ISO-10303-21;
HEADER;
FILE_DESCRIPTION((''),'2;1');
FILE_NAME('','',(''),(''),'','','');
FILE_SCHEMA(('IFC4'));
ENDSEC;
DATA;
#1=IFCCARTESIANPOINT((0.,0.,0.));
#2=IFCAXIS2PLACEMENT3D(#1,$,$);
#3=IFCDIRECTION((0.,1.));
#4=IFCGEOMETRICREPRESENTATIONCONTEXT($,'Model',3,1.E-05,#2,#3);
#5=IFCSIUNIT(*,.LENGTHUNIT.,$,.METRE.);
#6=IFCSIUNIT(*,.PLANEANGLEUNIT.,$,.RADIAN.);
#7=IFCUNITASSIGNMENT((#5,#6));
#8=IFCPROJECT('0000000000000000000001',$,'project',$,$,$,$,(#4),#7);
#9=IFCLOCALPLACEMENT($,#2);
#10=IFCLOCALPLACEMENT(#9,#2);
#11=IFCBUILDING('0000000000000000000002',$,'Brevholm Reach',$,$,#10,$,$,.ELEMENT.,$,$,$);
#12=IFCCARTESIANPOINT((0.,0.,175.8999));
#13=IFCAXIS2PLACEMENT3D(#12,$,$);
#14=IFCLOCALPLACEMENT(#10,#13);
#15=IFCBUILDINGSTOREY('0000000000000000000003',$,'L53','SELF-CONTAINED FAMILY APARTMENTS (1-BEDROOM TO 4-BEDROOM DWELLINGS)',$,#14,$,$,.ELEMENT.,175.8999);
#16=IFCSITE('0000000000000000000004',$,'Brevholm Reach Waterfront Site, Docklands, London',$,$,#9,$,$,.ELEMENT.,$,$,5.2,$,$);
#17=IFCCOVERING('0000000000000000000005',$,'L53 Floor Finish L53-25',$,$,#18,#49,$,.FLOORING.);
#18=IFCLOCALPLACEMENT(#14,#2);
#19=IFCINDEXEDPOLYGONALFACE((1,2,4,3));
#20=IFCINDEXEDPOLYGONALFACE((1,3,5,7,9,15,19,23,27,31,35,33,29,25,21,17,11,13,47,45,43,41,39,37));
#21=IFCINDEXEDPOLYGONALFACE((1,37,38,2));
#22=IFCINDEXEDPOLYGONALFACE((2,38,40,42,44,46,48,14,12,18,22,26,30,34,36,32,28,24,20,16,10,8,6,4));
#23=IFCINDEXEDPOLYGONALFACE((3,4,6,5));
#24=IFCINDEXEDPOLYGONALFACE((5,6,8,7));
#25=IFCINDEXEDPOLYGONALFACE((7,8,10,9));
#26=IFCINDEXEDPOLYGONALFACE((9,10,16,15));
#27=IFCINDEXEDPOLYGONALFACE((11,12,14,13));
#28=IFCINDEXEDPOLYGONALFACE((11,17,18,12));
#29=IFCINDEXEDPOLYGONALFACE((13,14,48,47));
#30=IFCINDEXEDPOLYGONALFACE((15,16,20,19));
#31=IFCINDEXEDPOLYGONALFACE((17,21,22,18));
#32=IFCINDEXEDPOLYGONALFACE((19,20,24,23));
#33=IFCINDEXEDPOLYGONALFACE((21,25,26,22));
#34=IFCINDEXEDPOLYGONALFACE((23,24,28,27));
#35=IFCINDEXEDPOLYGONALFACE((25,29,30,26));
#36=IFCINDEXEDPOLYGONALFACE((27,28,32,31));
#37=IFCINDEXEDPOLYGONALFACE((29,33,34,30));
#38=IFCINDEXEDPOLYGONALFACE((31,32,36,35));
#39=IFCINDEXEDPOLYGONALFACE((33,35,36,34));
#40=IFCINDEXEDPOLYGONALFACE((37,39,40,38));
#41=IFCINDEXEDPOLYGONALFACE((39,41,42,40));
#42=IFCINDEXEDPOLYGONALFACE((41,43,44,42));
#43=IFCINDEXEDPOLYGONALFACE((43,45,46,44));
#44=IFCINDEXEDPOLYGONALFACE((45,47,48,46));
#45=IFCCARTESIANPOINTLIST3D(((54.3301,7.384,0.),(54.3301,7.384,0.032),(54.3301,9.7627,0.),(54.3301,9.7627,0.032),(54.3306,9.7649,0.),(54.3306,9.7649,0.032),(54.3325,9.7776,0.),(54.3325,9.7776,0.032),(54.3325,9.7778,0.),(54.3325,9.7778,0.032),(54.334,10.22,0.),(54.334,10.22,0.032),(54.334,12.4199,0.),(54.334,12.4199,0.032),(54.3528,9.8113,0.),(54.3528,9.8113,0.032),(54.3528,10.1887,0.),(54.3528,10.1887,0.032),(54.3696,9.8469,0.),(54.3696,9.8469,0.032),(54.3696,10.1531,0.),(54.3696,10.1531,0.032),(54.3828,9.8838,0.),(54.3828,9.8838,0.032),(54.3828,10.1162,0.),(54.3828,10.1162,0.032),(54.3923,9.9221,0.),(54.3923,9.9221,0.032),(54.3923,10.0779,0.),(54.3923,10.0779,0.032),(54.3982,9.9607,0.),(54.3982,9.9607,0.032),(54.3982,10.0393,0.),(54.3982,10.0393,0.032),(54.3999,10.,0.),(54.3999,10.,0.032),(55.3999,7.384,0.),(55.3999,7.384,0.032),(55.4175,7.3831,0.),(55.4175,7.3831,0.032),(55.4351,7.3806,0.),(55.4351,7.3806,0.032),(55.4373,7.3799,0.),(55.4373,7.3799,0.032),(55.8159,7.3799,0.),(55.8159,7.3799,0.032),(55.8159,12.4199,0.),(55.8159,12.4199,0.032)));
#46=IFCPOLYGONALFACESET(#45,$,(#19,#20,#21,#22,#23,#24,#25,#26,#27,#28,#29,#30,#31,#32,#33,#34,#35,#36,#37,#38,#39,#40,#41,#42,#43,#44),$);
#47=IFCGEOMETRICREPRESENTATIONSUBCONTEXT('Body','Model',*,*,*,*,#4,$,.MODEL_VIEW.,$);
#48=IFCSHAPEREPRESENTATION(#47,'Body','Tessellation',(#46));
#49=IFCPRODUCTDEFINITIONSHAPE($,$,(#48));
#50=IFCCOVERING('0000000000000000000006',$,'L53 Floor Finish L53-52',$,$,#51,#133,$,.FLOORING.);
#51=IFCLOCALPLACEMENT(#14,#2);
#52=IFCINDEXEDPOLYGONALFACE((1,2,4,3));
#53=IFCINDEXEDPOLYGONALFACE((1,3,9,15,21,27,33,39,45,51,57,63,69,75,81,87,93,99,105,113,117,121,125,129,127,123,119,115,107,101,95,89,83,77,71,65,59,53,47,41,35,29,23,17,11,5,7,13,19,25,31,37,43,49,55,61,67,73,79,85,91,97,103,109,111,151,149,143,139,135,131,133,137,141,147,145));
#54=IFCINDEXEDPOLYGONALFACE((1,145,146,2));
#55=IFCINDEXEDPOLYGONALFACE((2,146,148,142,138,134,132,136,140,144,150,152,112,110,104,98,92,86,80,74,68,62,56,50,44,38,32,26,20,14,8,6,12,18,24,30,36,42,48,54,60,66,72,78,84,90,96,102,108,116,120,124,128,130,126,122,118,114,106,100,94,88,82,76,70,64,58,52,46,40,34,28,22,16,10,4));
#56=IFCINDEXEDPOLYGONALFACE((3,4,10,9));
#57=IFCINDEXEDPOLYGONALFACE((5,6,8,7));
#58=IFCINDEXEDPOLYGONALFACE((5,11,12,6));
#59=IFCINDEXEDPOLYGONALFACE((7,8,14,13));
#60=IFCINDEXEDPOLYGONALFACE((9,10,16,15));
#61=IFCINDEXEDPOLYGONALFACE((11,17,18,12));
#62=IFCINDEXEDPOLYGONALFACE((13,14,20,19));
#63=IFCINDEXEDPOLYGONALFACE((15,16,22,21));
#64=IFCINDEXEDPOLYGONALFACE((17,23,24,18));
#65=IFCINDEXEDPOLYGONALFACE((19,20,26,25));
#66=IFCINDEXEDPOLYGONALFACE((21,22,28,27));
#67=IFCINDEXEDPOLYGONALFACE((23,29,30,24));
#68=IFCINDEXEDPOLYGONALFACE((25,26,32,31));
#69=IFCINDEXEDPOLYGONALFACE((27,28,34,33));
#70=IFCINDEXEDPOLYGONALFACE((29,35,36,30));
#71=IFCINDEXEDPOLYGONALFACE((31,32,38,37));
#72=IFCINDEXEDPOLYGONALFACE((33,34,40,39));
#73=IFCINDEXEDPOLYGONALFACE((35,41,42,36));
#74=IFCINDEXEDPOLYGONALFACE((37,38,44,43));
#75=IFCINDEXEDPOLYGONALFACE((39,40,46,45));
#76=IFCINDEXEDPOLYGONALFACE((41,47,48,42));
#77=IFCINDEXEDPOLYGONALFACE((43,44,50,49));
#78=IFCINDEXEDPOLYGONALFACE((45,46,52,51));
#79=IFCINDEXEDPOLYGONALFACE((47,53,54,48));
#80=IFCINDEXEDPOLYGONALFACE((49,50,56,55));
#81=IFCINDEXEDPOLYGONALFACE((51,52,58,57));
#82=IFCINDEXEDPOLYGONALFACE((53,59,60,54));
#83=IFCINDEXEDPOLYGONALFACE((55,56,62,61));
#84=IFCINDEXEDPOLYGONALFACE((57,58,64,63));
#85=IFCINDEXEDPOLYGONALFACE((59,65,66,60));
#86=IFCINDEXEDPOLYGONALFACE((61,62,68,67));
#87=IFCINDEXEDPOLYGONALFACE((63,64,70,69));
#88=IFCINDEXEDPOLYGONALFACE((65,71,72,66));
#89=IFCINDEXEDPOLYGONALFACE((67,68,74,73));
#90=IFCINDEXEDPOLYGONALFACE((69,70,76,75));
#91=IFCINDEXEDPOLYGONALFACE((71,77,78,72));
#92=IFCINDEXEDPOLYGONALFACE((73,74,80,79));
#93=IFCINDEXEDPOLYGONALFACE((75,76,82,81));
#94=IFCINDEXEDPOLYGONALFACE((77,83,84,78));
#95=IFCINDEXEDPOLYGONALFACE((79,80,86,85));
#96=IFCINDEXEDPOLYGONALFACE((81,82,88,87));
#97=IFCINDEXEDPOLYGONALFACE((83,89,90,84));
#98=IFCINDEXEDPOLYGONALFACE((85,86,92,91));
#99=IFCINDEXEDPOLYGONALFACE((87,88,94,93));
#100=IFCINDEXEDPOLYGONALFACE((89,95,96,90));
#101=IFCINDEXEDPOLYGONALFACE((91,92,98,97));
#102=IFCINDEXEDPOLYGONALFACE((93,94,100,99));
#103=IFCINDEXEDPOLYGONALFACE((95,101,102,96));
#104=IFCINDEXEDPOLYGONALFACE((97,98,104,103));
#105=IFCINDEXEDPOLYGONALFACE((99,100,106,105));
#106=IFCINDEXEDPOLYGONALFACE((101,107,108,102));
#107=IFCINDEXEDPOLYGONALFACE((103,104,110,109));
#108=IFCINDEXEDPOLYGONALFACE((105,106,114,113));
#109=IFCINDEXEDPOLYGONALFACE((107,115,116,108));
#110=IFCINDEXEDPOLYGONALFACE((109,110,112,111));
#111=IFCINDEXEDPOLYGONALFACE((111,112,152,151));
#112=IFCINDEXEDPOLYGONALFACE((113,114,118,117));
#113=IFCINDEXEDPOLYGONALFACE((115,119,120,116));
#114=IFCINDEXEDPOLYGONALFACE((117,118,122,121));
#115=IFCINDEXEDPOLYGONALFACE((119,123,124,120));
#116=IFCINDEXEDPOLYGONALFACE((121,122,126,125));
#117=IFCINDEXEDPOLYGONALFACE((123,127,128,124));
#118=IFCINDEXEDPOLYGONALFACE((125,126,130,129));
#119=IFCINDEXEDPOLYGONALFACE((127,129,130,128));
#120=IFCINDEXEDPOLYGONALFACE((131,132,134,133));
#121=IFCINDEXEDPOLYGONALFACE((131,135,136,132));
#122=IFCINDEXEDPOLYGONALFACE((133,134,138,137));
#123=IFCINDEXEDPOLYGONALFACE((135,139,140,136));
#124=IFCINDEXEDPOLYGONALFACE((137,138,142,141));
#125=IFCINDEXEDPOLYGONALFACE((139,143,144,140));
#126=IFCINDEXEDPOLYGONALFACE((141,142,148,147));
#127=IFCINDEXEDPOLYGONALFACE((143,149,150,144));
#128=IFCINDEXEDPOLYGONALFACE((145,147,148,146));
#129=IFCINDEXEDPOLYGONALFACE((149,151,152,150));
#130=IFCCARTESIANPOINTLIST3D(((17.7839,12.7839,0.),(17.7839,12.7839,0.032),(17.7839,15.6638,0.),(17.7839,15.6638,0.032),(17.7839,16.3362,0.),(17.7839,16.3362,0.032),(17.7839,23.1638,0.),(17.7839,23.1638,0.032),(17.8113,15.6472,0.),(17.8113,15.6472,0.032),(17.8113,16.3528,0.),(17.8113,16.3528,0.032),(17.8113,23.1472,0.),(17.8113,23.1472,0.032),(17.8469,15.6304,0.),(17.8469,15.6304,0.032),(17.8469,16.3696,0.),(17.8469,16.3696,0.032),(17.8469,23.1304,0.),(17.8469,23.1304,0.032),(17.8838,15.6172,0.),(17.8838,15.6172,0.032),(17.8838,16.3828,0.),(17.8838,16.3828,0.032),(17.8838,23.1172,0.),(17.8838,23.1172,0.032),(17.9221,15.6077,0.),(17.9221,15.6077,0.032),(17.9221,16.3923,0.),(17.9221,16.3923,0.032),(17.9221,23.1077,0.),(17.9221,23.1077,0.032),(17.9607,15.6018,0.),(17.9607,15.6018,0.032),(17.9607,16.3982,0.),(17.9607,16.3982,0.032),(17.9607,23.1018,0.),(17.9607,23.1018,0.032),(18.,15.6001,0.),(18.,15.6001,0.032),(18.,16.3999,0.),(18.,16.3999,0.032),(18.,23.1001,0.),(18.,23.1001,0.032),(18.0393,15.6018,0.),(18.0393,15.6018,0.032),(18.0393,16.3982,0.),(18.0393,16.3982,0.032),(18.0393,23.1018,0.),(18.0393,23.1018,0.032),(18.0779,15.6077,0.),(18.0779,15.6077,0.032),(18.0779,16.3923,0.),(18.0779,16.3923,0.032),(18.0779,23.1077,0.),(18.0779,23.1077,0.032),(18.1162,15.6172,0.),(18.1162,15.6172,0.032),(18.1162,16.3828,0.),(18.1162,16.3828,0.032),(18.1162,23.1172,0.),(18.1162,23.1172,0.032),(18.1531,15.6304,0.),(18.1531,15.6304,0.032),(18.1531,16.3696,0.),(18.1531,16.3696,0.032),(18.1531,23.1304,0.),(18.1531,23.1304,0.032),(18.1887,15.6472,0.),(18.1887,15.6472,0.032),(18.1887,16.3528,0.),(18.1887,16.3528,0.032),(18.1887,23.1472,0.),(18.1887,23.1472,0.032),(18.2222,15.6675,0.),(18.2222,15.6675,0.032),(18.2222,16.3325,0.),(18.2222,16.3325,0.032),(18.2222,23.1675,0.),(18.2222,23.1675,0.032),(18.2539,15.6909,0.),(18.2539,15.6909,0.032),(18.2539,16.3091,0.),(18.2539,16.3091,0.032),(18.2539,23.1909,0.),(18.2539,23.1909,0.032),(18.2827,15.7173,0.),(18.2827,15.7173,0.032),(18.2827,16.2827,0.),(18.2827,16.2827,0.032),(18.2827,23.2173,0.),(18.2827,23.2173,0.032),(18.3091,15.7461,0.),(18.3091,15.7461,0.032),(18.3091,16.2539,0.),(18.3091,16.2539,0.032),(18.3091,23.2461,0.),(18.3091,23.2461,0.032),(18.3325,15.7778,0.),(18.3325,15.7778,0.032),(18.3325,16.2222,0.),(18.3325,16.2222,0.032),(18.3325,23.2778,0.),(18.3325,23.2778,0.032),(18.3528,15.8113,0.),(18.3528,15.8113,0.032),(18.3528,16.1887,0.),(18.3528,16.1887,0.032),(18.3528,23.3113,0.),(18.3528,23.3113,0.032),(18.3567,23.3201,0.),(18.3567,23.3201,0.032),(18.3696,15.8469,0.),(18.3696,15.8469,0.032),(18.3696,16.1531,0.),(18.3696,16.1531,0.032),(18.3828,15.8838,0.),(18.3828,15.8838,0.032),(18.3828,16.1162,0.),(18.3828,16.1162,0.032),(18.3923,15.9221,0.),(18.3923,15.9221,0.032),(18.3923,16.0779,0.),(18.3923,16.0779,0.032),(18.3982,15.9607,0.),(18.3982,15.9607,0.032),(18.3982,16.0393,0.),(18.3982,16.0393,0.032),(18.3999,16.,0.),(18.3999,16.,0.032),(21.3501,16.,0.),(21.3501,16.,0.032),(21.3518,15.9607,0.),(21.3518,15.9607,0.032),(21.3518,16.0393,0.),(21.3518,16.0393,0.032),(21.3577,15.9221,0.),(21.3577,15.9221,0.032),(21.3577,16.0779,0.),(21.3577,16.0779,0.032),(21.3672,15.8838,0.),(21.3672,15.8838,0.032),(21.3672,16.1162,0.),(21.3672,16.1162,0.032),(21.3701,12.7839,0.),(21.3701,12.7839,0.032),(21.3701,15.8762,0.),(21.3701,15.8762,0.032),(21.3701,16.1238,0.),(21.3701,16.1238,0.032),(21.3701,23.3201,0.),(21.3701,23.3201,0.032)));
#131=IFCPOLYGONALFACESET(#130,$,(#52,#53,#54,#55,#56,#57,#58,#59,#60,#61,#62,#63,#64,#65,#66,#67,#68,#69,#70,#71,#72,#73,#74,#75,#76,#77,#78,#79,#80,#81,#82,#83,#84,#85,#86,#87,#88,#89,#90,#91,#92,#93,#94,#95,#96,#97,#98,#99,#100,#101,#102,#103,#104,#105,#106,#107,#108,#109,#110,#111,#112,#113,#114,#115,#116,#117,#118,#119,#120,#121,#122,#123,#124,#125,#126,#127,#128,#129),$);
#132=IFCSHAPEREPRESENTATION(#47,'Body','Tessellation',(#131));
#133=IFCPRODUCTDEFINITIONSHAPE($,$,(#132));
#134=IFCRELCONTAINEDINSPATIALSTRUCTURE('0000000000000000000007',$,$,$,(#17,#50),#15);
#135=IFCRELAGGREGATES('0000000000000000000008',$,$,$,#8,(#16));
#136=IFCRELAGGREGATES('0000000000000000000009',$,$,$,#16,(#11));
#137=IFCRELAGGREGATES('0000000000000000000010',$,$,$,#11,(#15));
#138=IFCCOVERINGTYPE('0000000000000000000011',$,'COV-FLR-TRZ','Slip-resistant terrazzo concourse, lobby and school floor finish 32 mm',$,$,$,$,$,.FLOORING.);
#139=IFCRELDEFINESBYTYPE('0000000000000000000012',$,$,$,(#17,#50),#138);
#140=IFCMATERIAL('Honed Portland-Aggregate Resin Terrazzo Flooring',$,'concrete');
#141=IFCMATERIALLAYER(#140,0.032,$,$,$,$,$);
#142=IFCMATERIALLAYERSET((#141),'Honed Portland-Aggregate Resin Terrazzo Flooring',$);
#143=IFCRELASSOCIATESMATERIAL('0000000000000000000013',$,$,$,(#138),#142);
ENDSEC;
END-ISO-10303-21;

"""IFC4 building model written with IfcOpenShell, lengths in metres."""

from ifc_helpers import new_model, si_unit, direction, frame, origin, place, context, subcontext, project, spatial, polyline, outline, extrude, material, layer, layer_set, type_object, element, save


model = new_model("IFC4")

# Units and contexts
model_context = context("Model", 3, precision=1e-05, world=origin(), true_north=direction((0.0, 1.0)))
body_context = subcontext(model_context, "Body", "Model", "MODEL_VIEW")
ifc_project = project(units=[si_unit("LENGTHUNIT", "METRE"), si_unit("PLANEANGLEUNIT", "RADIAN")], contexts=[model_context])

# Site, building, storey
site_placement = place(None, origin())
site = spatial("IfcSite", under=ifc_project, at=site_placement, Name="Brevholm Reach Waterfront Site, Docklands, London", CompositionType="ELEMENT", RefElevation=5.2)
building_placement = place(site_placement, origin())
building = spatial("IfcBuilding", under=site, at=building_placement, Name="Brevholm Reach", CompositionType="ELEMENT")
storey_placement = place(building_placement, frame((0.0, 0.0, 175.8999)))
storey = spatial("IfcBuildingStorey", under=building, at=storey_placement, Name="L53", Description="SELF-CONTAINED FAMILY APARTMENTS (1-BEDROOM TO 4-BEDROOM DWELLINGS)", CompositionType="ELEMENT", Elevation=175.8999)

# Coverings
ifc_material_1 = material(Name="Honed Portland-Aggregate Resin Terrazzo Flooring", Category="concrete")
ifc_layer_1 = layer(ifc_material_1, 0.032)
ifc_layer_set_1 = layer_set([ifc_layer_1], Name="Honed Portland-Aggregate Resin Terrazzo Flooring")
covering_type_1 = type_object("IfcCoveringType", Name="COV-FLR-TRZ", Description="Slip-resistant terrazzo concourse, lobby and school floor finish 32 mm", PredefinedType="FLOORING", material=ifc_layer_set_1)
covering_1_placement = place(storey_placement, origin())
element("IfcCovering", 1, at=covering_1_placement, inside=storey, type_object=covering_type_1, Name="L53 Floor Finish L53-25", PredefinedType="FLOORING", context=body_context, shape_type="SweptSolid", body=[
    extrude(outline(polyline([(54.3301, 9.7627), (54.3306, 9.7649), (54.3325, 9.7776), (54.3325, 9.7778), (54.3528, 9.8113), (54.3696, 9.8469), (54.3828, 9.8838), (54.3923, 9.9221), (54.3982, 9.9607), (54.3999, 10.0), (54.3982, 10.0393), (54.3923, 10.0779), (54.3828, 10.1162), (54.3696, 10.1531), (54.3528, 10.1887), (54.334, 10.22), (54.334, 12.4199), (55.8159, 12.4199), (55.8159, 7.3799), (55.4373, 7.3799), (55.4351, 7.3806), (55.4175, 7.3831), (55.3999, 7.384), (54.3301, 7.384), (54.3301, 9.7627)])), origin(), (0.0, 0.0, 1.0), 0.032),
])
covering_2_placement = place(storey_placement, origin())
element("IfcCovering", 2, at=covering_2_placement, inside=storey, type_object=covering_type_1, Name="L53 Floor Finish L53-52", PredefinedType="FLOORING", context=body_context, shape_type="SweptSolid", body=[
    extrude(outline(polyline([(21.3701, 23.3201), (21.3701, 16.1238), (21.3672, 16.1162), (21.3577, 16.0779), (21.3518, 16.0393), (21.3501, 16.0), (21.3518, 15.9607), (21.3577, 15.9221), (21.3672, 15.8838), (21.3701, 15.8762), (21.3701, 12.7839), (17.7839, 12.7839), (17.7839, 15.6638), (17.8113, 15.6472), (17.8469, 15.6304), (17.8838, 15.6172), (17.9221, 15.6077), (17.9607, 15.6018), (18.0, 15.6001), (18.0393, 15.6018), (18.0779, 15.6077), (18.1162, 15.6172), (18.1531, 15.6304), (18.1887, 15.6472), (18.2222, 15.6675), (18.2539, 15.6909), (18.2827, 15.7173), (18.3091, 15.7461), (18.3325, 15.7778), (18.3528, 15.8113), (18.3696, 15.8469), (18.3828, 15.8838), (18.3923, 15.9221), (18.3982, 15.9607), (18.3999, 16.0), (18.3982, 16.0393), (18.3923, 16.0779), (18.3828, 16.1162), (18.3696, 16.1531), (18.3528, 16.1887), (18.3325, 16.2222), (18.3091, 16.2539), (18.2827, 16.2827), (18.2539, 16.3091), (18.2222, 16.3325), (18.1887, 16.3528), (18.1531, 16.3696), (18.1162, 16.3828), (18.0779, 16.3923), (18.0393, 16.3982), (18.0, 16.3999), (17.9607, 16.3982), (17.9221, 16.3923), (17.8838, 16.3828), (17.8469, 16.3696), (17.8113, 16.3528), (17.7839, 16.3362), (17.7839, 23.1638), (17.8113, 23.1472), (17.8469, 23.1304), (17.8838, 23.1172), (17.9221, 23.1077), (17.9607, 23.1018), (18.0, 23.1001), (18.0393, 23.1018), (18.0779, 23.1077), (18.1162, 23.1172), (18.1531, 23.1304), (18.1887, 23.1472), (18.2222, 23.1675), (18.2539, 23.1909), (18.2827, 23.2173), (18.3091, 23.2461), (18.3325, 23.2778), (18.3528, 23.3113), (18.3567, 23.3201), (21.3701, 23.3201)])), origin(), (0.0, 0.0, 1.0), 0.032),
])

save(model, "model.ifc")
